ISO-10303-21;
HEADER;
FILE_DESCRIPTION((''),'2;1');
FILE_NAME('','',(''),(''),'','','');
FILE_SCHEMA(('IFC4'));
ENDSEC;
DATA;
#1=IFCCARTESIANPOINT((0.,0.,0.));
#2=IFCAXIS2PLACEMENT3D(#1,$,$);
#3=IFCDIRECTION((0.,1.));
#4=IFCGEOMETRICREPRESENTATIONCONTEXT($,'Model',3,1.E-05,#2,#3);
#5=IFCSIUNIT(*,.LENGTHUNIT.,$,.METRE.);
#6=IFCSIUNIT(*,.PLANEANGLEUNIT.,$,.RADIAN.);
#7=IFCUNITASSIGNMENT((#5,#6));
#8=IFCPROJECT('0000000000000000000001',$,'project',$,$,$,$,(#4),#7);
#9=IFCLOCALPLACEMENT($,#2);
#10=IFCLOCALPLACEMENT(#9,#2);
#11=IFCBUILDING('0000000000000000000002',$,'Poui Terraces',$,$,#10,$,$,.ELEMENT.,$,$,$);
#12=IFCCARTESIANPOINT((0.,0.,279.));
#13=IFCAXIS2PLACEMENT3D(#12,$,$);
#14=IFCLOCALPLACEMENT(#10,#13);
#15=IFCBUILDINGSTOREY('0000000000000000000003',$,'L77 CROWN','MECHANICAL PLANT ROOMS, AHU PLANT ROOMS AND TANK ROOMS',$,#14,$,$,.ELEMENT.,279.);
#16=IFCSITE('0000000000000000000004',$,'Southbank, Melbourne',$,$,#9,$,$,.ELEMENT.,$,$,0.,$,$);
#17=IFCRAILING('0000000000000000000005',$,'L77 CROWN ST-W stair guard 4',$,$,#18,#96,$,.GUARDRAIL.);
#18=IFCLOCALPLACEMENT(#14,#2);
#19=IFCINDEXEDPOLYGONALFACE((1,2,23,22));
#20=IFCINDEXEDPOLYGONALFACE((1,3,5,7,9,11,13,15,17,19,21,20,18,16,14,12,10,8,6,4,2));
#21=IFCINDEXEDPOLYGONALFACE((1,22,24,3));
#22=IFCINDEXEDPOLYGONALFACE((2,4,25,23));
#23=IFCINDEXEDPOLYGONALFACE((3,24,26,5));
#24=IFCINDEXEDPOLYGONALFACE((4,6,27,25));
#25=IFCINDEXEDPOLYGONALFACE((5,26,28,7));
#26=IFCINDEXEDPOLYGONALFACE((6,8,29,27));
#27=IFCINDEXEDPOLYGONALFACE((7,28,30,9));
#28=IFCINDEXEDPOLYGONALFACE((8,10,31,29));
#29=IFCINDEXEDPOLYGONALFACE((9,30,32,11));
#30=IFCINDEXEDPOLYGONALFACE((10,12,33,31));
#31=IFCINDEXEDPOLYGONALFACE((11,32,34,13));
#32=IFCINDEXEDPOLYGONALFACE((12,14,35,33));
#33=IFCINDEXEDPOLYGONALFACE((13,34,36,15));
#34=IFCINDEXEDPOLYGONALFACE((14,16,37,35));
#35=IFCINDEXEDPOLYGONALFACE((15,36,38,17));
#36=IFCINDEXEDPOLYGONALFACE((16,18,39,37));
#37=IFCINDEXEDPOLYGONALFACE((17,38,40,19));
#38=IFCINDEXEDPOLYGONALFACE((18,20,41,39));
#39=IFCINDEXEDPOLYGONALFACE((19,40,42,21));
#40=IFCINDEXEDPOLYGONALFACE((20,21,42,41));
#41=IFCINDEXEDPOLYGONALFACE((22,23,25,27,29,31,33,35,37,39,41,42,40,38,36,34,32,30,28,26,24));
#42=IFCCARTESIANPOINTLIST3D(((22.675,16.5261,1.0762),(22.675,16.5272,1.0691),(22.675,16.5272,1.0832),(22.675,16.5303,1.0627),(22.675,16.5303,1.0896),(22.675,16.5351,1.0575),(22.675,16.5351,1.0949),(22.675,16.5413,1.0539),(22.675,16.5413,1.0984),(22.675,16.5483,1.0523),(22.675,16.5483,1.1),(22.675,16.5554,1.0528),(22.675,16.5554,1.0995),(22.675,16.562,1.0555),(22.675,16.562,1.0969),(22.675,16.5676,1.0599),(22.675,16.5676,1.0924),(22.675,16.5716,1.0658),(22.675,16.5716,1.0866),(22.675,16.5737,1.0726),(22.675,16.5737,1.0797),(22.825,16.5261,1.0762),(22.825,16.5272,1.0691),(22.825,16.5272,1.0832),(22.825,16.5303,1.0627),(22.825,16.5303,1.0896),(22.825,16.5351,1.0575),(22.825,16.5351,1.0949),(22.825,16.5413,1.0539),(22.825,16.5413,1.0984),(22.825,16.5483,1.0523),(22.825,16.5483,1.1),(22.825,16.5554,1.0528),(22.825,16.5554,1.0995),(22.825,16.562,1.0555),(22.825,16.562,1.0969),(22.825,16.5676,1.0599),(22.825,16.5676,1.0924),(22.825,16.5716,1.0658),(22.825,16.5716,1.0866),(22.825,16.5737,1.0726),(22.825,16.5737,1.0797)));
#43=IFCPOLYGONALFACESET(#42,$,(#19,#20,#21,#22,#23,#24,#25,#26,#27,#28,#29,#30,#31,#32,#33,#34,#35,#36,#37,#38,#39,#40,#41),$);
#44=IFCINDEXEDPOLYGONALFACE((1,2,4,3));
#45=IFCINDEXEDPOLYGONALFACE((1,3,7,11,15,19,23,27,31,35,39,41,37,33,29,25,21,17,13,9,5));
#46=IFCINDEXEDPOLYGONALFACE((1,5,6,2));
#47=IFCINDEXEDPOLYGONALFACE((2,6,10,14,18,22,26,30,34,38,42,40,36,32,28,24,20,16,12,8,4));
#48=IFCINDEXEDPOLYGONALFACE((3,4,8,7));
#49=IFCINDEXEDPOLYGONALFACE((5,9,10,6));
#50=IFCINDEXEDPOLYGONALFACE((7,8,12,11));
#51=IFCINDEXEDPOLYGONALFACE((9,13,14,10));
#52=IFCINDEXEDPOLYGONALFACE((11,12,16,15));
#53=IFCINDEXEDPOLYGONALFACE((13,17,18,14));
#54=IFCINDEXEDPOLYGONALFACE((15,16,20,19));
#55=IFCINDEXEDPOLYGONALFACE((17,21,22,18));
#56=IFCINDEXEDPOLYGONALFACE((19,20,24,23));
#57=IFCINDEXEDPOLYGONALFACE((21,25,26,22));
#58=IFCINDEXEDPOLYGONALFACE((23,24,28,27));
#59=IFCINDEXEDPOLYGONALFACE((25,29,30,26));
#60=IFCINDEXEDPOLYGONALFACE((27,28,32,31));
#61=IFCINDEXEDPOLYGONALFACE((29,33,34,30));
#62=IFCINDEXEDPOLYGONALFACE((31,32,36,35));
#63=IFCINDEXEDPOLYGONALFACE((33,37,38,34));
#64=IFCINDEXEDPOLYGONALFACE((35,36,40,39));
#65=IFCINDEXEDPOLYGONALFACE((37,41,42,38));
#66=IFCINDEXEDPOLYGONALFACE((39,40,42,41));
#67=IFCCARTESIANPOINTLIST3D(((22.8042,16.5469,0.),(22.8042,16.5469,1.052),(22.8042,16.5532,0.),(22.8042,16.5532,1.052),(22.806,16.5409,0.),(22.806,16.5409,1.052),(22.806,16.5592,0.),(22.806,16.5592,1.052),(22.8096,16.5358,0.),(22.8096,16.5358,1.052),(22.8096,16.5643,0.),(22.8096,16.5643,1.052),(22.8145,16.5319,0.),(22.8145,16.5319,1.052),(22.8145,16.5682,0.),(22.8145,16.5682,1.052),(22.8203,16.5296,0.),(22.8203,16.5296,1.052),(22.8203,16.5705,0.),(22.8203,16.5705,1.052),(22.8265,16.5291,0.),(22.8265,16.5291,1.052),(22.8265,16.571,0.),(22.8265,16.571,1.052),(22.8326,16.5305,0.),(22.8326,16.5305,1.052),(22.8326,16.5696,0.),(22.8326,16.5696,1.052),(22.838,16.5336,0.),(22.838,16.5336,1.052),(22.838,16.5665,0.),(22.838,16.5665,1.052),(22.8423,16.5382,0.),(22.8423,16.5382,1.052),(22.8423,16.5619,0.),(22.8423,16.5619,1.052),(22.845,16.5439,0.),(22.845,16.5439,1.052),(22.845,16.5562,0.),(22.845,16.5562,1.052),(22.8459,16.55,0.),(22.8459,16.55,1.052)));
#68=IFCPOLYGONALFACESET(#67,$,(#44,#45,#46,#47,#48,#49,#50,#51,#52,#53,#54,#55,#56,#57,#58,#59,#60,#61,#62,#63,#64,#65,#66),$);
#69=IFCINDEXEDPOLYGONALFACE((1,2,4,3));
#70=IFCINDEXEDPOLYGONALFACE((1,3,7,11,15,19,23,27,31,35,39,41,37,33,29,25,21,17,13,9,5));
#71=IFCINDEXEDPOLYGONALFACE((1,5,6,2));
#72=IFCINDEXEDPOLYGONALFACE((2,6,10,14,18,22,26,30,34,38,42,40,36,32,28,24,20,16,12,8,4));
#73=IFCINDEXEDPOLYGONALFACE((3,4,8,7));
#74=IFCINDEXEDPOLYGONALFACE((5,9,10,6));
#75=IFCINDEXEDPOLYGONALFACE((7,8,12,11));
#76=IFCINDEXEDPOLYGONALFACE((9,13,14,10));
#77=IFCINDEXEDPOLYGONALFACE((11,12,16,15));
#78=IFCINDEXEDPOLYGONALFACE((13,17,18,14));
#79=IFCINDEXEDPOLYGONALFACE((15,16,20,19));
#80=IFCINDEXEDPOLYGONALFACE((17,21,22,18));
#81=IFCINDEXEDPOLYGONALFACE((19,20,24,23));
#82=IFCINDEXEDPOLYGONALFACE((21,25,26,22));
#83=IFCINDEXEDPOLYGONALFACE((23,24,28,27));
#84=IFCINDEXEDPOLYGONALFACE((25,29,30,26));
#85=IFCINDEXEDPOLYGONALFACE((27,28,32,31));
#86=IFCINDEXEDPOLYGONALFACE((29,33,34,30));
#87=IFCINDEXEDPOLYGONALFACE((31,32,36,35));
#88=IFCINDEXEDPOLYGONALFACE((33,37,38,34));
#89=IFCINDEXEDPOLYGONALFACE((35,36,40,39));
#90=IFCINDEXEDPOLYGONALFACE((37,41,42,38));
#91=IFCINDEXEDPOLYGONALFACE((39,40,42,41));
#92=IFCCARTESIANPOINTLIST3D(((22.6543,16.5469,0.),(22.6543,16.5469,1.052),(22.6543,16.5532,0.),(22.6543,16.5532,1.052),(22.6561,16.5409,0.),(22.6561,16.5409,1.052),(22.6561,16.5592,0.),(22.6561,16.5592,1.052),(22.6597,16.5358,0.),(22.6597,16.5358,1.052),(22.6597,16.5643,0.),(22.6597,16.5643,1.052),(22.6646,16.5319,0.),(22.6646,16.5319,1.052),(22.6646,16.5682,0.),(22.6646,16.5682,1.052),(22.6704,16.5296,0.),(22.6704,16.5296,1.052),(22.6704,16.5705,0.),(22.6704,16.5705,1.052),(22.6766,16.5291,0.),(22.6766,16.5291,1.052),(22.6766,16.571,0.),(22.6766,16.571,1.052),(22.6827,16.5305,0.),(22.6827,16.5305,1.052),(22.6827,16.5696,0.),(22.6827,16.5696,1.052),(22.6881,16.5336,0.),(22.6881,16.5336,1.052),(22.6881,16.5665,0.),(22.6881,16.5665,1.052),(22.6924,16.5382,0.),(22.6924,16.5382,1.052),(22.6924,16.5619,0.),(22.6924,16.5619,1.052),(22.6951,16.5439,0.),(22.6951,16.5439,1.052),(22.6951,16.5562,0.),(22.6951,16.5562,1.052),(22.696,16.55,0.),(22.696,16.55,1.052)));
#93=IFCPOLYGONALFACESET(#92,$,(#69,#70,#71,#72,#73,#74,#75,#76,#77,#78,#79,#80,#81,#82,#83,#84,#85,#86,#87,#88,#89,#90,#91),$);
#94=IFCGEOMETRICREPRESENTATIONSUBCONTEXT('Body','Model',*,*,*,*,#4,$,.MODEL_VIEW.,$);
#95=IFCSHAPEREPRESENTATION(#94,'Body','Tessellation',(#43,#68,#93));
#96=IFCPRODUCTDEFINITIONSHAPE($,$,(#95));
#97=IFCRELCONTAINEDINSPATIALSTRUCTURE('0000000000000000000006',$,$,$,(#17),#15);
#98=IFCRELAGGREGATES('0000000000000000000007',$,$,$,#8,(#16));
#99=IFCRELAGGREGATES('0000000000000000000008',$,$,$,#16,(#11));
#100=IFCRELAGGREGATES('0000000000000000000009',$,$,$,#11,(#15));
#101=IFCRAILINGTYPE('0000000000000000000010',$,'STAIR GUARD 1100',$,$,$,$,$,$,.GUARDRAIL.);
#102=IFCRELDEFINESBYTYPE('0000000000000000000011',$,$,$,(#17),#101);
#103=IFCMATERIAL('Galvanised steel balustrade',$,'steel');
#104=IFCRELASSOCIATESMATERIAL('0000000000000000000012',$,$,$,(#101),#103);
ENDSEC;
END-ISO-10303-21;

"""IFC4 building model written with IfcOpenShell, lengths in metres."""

from ifc_helpers import new_model, si_unit, direction, frame, origin, origin_2d, place, context, subcontext, project, spatial, circle, extrude, material, type_object, element, save


model = new_model("IFC4")

# Units and contexts
model_context = context("Model", 3, precision=1e-05, world=origin(), true_north=direction((0.0, 1.0)))
body_context = subcontext(model_context, "Body", "Model", "MODEL_VIEW")
ifc_project = project(units=[si_unit("LENGTHUNIT", "METRE"), si_unit("PLANEANGLEUNIT", "RADIAN")], contexts=[model_context])

# Site, building, storey
site_placement = place(None, origin())
site = spatial("IfcSite", under=ifc_project, at=site_placement, Name="Southbank, Melbourne", CompositionType="ELEMENT", RefElevation=0.0)
building_placement = place(site_placement, origin())
building = spatial("IfcBuilding", under=site, at=building_placement, Name="Poui Terraces", CompositionType="ELEMENT")
storey_placement = place(building_placement, frame((0.0, 0.0, 279.0)))
storey = spatial("IfcBuildingStorey", under=building, at=storey_placement, Name="L77 CROWN", Description="MECHANICAL PLANT ROOMS, AHU PLANT ROOMS AND TANK ROOMS", CompositionType="ELEMENT", Elevation=279.0)

# Railing
ifc_material_1 = material(Name="Galvanised steel balustrade", Category="steel")
railing_type_1 = type_object("IfcRailingType", Name="STAIR GUARD 1100", PredefinedType="GUARDRAIL", material=ifc_material_1)
railing_1_placement = place(storey_placement, frame((22.825, 16.55, 0.0)))
element("IfcRailing", 1, at=railing_1_placement, inside=storey, type_object=railing_type_1, Name="L77 CROWN ST-W stair guard 4", PredefinedType="GUARDRAIL", context=body_context, shape_type="SweptSolid", body=[
    extrude(circle(Radius=0.0239, at=origin_2d()), frame((0.0, 0.0, 1.0762), z_axis=(-1.0, 0.0, 0.0), x_axis=(0.0, -1.0, 0.0)), (0.0, 0.0, 1.0), 0.1499),
    extrude(circle(Radius=0.021, at=origin_2d()), origin(), (0.0, 0.0, 1.0), 1.052),
    extrude(circle(Radius=0.021, at=origin_2d()), frame((-0.1499, 0.0, 0.0)), (0.0, 0.0, 1.0), 1.052),
])

save(model, "model.ifc")
